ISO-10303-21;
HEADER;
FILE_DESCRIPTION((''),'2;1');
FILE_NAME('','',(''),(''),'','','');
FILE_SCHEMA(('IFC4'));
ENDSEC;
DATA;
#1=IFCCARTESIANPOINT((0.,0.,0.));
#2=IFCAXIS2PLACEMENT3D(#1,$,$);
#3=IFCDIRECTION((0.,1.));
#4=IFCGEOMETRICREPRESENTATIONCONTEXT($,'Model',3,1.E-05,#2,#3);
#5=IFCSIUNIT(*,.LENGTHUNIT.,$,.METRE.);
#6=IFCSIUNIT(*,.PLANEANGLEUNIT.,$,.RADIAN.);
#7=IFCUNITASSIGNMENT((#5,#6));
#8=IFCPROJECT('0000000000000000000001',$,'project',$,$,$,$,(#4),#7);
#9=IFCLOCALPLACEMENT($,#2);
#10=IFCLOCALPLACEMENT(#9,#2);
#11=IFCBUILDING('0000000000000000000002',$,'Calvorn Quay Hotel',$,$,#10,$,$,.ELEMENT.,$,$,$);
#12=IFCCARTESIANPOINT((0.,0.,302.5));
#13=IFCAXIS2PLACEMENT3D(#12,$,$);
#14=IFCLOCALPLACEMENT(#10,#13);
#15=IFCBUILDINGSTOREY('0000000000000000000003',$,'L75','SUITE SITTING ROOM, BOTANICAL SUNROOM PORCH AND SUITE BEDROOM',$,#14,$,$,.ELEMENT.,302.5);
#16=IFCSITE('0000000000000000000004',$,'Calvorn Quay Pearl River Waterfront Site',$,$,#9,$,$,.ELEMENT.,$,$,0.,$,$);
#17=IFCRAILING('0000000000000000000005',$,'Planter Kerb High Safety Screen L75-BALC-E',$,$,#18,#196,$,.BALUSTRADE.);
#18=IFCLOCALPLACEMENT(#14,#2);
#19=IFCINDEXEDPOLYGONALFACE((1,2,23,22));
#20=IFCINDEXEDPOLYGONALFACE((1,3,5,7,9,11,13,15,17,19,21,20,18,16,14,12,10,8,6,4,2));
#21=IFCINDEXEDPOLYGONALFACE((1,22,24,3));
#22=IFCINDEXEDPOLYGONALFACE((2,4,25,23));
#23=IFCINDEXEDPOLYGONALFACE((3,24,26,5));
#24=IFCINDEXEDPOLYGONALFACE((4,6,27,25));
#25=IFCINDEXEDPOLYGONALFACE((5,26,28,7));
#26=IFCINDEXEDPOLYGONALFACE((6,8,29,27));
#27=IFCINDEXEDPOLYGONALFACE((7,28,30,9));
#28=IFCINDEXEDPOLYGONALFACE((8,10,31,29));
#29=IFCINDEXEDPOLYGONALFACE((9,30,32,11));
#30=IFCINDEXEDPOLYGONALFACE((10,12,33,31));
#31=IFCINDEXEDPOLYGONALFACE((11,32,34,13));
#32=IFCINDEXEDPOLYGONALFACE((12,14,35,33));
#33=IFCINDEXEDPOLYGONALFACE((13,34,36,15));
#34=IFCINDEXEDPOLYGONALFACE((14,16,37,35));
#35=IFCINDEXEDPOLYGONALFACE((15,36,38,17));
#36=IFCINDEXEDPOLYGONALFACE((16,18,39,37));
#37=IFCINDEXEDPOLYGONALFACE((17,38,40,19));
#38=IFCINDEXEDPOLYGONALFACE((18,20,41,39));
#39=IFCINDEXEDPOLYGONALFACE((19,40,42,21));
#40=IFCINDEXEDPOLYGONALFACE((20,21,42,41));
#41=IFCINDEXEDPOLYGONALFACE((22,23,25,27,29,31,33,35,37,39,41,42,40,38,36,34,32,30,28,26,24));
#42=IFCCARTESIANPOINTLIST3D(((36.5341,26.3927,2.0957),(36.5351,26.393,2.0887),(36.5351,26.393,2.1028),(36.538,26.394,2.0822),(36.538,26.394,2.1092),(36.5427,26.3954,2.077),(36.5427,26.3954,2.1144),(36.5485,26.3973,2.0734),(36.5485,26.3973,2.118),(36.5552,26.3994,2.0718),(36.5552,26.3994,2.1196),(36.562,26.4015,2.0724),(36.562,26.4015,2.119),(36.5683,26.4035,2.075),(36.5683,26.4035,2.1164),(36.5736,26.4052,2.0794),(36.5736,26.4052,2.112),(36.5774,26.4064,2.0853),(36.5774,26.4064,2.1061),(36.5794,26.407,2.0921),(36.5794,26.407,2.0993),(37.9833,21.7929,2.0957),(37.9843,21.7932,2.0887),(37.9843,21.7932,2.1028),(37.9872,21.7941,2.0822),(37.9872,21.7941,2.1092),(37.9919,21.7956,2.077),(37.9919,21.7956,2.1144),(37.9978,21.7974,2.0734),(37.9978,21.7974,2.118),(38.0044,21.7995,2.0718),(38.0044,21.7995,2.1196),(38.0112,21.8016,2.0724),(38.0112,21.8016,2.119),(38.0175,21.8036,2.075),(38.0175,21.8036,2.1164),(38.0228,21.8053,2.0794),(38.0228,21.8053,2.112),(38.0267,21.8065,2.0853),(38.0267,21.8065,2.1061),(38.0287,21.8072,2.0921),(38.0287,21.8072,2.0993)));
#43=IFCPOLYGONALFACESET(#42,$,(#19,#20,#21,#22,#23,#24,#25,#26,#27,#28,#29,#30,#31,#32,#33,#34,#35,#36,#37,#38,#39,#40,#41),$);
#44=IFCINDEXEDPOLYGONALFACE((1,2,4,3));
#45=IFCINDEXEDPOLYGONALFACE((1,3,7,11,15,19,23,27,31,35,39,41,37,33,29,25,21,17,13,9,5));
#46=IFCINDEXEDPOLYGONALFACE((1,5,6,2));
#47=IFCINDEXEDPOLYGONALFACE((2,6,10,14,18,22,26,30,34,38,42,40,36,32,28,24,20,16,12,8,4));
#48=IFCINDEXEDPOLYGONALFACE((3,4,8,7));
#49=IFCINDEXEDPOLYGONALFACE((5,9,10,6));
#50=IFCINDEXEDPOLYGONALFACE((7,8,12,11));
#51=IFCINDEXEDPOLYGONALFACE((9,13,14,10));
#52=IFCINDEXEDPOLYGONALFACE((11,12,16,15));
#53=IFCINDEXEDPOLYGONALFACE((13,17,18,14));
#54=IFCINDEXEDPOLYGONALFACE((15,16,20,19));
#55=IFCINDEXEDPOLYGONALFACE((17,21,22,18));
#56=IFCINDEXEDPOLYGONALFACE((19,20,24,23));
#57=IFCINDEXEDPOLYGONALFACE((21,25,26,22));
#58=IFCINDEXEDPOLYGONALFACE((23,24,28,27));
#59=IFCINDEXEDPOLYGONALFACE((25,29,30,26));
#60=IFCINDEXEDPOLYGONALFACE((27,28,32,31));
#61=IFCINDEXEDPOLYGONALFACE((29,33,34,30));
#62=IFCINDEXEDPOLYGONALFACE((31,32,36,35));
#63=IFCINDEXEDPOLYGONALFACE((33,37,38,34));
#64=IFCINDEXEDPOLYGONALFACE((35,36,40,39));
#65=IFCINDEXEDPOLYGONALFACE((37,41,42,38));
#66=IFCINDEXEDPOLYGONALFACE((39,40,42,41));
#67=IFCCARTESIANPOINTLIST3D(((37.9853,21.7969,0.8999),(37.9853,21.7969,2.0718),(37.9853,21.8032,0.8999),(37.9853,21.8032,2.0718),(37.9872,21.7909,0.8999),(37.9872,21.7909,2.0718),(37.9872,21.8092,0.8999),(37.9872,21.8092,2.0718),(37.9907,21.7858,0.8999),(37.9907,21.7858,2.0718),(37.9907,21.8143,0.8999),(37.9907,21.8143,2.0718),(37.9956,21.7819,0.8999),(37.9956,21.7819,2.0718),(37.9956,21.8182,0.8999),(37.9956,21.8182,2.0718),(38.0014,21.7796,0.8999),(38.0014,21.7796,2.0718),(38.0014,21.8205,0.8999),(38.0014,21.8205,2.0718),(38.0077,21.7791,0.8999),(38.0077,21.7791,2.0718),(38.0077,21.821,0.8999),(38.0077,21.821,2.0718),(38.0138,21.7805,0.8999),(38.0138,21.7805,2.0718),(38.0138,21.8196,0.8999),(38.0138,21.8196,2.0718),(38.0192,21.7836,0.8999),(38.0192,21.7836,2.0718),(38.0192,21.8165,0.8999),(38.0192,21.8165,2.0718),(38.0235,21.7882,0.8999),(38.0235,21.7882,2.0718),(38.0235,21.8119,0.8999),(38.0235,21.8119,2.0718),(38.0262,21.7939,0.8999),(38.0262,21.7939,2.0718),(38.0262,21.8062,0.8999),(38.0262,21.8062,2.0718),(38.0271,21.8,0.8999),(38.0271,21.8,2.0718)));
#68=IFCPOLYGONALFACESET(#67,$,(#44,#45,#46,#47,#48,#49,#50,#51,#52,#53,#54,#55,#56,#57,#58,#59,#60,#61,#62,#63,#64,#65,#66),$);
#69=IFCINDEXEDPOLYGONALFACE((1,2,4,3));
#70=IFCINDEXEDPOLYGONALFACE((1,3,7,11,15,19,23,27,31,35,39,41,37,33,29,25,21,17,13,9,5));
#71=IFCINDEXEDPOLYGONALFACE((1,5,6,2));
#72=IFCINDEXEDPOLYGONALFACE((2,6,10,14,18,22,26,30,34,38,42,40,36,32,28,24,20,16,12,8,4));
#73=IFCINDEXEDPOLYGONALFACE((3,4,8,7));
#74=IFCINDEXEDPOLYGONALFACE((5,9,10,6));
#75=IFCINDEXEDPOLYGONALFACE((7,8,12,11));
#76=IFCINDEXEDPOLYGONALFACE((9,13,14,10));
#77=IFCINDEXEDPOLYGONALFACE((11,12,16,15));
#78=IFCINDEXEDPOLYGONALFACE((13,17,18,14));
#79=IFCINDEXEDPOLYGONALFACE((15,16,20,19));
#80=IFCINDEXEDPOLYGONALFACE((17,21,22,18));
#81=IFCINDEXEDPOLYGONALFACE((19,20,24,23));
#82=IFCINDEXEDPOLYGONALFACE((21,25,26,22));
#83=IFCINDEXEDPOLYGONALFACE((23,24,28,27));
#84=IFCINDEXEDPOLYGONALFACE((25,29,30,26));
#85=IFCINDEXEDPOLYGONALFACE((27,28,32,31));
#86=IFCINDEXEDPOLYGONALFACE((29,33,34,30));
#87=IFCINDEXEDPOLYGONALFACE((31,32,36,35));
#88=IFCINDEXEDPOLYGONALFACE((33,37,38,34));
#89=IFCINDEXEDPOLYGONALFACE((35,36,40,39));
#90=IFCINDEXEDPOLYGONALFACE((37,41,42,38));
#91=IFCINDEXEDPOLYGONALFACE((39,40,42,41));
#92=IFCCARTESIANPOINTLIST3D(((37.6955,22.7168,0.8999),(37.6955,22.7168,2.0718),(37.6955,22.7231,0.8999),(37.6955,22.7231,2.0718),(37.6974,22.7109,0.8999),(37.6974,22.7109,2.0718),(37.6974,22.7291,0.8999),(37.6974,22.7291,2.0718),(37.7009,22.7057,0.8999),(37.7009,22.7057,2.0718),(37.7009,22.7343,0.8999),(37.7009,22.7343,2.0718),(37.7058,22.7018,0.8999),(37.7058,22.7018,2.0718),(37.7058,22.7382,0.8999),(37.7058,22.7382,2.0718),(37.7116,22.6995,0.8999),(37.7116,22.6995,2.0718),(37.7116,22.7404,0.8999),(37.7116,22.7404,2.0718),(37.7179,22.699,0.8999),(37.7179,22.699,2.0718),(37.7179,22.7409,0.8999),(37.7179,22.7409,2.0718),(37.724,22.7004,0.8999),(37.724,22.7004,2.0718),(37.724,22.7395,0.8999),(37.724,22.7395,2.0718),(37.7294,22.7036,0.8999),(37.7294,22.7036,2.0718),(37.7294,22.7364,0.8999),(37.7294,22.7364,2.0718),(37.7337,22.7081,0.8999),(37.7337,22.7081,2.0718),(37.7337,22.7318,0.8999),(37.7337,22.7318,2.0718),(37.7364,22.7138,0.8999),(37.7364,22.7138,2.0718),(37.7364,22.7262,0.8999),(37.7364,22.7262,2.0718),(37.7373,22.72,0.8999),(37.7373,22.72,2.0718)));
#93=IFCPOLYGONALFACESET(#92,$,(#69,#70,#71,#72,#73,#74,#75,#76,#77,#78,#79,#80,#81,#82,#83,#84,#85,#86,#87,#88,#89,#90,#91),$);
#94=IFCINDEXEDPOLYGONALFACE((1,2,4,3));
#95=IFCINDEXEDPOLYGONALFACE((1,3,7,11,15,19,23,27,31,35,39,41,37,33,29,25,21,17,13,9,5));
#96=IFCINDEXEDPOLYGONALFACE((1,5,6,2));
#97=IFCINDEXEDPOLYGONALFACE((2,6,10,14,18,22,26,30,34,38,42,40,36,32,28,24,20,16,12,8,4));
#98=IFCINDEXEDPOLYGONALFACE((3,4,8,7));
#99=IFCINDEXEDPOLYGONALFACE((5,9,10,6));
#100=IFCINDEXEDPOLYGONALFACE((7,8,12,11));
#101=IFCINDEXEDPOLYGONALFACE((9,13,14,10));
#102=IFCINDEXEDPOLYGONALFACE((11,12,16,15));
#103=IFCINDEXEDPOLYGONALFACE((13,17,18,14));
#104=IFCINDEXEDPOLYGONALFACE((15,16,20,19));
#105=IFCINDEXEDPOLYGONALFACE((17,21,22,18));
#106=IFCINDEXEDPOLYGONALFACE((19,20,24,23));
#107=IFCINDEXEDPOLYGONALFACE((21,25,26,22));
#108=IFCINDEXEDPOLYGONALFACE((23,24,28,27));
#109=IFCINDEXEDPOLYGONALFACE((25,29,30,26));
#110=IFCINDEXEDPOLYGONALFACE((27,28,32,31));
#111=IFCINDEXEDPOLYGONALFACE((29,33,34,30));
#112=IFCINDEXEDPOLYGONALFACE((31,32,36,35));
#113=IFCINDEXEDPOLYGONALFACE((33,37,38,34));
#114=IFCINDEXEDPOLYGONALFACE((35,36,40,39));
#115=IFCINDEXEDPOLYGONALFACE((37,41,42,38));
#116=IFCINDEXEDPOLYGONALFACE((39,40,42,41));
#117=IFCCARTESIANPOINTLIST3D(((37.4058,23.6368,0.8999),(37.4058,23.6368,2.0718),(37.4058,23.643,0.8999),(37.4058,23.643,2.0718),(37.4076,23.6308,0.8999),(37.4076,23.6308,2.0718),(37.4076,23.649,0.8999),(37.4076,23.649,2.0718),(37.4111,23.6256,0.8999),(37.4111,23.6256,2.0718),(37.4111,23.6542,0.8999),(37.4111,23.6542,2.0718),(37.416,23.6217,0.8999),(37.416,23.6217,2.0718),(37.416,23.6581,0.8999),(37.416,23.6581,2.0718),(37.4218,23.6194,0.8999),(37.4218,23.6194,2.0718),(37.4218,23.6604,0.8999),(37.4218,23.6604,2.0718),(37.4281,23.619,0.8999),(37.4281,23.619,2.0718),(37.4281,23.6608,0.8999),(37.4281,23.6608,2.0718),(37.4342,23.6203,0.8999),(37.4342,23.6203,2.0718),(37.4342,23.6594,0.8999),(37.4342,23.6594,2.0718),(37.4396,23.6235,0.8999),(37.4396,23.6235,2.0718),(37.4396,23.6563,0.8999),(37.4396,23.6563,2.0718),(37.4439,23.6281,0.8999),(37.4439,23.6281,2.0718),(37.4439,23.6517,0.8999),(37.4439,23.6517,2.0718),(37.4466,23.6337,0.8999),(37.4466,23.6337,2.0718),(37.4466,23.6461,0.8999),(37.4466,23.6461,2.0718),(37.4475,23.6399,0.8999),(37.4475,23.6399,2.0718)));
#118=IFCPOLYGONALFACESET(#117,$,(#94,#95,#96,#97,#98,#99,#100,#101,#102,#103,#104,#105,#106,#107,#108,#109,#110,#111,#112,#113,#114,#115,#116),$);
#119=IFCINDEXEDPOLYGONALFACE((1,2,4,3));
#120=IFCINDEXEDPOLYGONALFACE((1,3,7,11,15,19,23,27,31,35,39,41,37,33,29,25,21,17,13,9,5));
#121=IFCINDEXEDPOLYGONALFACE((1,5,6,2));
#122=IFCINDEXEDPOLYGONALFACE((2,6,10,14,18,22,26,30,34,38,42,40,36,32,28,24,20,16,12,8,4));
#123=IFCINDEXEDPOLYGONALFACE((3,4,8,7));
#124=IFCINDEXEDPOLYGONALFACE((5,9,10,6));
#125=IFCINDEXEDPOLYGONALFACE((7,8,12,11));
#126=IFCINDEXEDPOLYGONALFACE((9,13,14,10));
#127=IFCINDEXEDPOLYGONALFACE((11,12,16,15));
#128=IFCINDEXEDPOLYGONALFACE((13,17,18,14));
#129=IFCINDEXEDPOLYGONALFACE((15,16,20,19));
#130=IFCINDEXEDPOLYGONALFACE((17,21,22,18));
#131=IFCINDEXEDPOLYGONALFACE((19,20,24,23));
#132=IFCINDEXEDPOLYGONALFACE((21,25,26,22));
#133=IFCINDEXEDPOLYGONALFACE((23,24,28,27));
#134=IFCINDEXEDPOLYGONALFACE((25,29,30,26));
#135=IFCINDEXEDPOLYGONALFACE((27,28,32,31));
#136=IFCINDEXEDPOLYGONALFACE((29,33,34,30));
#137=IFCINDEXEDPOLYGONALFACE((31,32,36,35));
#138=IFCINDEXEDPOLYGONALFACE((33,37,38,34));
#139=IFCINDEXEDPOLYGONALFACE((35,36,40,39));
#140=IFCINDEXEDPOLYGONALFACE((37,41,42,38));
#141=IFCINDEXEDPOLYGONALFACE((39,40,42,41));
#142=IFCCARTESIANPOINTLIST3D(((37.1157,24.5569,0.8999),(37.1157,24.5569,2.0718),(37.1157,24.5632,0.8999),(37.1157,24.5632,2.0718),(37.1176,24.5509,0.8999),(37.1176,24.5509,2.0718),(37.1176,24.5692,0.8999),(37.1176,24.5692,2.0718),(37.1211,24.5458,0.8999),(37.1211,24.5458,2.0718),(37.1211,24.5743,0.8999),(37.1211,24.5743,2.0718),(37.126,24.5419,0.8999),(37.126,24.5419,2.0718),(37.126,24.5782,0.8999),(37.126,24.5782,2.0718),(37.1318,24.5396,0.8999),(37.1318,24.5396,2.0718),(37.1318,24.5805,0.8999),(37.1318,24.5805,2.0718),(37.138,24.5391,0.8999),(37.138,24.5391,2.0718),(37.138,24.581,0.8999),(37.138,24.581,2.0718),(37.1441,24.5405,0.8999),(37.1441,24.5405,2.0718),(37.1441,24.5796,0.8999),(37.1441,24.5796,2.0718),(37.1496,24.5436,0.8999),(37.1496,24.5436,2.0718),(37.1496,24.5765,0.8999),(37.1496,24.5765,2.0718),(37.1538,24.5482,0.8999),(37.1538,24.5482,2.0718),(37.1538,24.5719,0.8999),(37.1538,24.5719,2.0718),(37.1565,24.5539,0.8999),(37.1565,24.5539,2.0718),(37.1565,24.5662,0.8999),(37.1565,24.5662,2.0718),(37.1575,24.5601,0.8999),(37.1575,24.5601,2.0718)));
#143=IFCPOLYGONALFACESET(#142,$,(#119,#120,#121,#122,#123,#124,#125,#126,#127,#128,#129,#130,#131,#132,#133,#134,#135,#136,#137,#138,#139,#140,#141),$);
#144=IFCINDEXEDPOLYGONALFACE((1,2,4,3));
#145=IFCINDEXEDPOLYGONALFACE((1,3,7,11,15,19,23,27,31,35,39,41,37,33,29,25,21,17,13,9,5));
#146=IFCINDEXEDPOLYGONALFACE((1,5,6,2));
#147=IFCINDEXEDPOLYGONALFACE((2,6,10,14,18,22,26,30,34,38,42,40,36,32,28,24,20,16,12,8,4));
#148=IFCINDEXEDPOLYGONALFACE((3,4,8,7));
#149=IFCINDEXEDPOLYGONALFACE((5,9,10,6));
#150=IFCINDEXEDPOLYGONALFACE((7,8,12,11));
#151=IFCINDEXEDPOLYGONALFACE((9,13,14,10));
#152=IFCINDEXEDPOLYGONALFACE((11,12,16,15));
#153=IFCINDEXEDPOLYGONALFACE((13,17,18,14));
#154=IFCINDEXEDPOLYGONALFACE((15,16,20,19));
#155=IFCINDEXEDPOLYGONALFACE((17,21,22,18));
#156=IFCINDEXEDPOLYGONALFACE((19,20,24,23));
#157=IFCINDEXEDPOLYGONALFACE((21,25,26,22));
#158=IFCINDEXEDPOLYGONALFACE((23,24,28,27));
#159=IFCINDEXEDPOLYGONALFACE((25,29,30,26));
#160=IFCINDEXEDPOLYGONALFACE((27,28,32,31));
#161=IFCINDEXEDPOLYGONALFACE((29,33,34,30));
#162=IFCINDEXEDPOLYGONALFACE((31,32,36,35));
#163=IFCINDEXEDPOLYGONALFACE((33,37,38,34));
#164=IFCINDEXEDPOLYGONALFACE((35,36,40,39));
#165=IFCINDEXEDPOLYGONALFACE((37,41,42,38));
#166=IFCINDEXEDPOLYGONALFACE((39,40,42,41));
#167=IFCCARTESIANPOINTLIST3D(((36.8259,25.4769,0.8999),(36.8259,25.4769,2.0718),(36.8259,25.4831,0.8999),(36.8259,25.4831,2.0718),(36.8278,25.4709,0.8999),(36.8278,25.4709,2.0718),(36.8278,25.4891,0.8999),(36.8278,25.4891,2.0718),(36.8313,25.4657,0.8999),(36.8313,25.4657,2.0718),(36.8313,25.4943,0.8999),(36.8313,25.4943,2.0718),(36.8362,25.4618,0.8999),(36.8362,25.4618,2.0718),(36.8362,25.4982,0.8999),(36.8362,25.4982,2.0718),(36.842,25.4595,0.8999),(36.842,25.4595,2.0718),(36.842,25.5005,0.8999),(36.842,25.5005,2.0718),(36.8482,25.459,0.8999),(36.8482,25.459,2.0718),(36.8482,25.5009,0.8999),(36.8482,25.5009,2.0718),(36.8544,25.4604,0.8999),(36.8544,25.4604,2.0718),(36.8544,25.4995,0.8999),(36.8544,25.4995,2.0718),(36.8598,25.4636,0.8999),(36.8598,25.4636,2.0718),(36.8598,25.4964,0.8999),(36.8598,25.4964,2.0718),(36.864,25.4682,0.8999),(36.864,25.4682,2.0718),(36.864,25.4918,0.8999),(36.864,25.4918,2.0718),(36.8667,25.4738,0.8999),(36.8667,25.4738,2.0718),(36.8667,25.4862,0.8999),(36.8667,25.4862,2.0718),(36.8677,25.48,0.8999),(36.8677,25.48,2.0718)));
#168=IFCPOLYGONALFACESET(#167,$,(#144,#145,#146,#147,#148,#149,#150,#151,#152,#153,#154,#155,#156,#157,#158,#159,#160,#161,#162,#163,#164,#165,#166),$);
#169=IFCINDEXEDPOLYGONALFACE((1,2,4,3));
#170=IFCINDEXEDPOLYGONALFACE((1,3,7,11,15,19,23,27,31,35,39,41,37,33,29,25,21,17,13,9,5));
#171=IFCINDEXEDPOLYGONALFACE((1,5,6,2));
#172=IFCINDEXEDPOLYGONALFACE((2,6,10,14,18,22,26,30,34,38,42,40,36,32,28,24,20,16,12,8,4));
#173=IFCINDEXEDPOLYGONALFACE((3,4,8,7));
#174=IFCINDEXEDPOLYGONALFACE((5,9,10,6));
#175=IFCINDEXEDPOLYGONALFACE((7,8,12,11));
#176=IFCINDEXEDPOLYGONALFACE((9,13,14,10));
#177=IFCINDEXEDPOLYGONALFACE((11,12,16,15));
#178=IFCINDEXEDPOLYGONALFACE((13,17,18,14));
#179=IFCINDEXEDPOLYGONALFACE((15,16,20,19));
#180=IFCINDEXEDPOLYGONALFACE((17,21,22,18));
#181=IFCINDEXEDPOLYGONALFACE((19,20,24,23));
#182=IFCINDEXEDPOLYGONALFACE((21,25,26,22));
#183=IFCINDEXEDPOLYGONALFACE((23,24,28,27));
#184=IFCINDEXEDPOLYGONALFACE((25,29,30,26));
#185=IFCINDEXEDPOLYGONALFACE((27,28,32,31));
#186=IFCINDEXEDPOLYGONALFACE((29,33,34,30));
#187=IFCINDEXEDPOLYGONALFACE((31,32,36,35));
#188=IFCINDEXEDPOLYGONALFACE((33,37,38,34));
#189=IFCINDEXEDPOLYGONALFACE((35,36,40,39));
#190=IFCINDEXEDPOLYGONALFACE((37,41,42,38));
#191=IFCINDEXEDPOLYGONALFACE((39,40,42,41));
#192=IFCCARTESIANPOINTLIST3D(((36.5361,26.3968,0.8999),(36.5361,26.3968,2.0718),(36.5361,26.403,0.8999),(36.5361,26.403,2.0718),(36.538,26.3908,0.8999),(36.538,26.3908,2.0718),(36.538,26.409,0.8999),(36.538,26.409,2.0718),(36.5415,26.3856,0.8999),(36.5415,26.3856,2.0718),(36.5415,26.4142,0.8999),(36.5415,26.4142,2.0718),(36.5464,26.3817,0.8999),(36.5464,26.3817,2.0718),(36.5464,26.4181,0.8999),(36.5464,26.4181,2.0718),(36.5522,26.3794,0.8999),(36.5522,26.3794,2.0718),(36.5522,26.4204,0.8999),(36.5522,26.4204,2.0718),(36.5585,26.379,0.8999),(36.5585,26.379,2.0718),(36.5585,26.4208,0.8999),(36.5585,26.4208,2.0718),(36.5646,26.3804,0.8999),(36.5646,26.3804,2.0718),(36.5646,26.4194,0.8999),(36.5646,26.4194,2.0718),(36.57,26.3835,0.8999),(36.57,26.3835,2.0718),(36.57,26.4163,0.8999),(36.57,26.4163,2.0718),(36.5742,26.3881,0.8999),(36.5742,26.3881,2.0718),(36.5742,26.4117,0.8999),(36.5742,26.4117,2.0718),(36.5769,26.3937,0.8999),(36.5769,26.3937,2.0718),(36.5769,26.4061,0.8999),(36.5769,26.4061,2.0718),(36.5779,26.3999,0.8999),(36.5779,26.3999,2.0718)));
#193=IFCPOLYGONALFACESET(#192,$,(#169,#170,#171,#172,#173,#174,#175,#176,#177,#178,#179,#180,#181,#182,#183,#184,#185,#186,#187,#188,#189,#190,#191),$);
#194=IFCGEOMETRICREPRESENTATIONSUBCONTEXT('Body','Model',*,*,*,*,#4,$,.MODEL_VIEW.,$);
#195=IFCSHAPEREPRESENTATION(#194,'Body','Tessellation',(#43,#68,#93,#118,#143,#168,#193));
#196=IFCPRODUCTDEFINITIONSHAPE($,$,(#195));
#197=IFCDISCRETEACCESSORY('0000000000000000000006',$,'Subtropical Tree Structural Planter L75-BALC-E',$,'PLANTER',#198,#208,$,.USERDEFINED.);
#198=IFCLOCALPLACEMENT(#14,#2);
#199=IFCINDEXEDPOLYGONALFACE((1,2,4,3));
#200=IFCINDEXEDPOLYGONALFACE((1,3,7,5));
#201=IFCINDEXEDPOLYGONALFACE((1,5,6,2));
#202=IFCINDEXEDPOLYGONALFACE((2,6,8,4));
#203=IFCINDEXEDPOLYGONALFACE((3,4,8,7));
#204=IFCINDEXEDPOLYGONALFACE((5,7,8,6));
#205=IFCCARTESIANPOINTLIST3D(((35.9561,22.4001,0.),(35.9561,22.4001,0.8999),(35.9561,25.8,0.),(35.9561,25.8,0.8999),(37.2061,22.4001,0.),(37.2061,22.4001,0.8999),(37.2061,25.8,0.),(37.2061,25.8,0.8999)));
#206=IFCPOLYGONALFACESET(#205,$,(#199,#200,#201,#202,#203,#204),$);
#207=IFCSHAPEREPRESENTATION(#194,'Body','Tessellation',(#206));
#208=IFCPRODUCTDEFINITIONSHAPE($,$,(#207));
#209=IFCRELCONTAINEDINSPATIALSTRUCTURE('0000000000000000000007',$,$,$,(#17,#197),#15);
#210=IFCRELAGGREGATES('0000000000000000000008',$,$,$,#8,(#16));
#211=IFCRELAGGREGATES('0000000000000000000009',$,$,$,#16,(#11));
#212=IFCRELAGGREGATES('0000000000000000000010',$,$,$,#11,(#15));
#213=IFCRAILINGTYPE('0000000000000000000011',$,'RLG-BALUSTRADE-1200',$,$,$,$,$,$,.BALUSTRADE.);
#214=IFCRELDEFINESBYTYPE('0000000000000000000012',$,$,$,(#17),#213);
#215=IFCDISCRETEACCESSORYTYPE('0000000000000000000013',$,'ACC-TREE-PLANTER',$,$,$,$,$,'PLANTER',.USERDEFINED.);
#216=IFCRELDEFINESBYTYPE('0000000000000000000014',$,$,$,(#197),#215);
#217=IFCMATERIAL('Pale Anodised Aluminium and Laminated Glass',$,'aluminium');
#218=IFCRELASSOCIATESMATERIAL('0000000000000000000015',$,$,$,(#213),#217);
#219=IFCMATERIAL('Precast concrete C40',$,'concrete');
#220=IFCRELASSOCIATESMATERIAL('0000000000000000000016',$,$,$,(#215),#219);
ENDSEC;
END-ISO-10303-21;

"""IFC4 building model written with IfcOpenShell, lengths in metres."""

from ifc_helpers import new_model, si_unit, direction, frame, origin, origin_2d, place, context, subcontext, project, spatial, rectangle, circle, extrude, material, type_object, element, save


model = new_model("IFC4")

# Units and contexts
model_context = context("Model", 3, precision=1e-05, world=origin(), true_north=direction((0.0, 1.0)))
body_context = subcontext(model_context, "Body", "Model", "MODEL_VIEW")
ifc_project = project(units=[si_unit("LENGTHUNIT", "METRE"), si_unit("PLANEANGLEUNIT", "RADIAN")], contexts=[model_context])

# Site, building, storey
site_placement = place(None, origin())
site = spatial("IfcSite", under=ifc_project, at=site_placement, Name="Calvorn Quay Pearl River Waterfront Site", CompositionType="ELEMENT", RefElevation=0.0)
building_placement = place(site_placement, origin())
building = spatial("IfcBuilding", under=site, at=building_placement, Name="Calvorn Quay Hotel", CompositionType="ELEMENT")
storey_placement = place(building_placement, frame((0.0, 0.0, 302.5)))
storey = spatial("IfcBuildingStorey", under=building, at=storey_placement, Name="L75", Description="SUITE SITTING ROOM, BOTANICAL SUNROOM PORCH AND SUITE BEDROOM", CompositionType="ELEMENT", Elevation=302.5)

# Railing
ifc_material_1 = material(Name="Pale Anodised Aluminium and Laminated Glass", Category="aluminium")
railing_type = type_object("IfcRailingType", Name="RLG-BALUSTRADE-1200", PredefinedType="BALUSTRADE", material=ifc_material_1)
railing_1_placement = place(storey_placement, frame((38.0061, 21.8, 0.8999)))
element("IfcRailing", 1, at=railing_1_placement, inside=storey, type_object=railing_type, Name="Planter Kerb High Safety Screen L75-BALC-E", PredefinedType="BALUSTRADE", context=body_context, shape_type="SweptSolid", body=[
    extrude(circle(Radius=0.0239, at=origin_2d()), frame((0.0, 0.0, 1.1958), z_axis=(-0.300497, 0.953783, 0.0), x_axis=(-0.953783, -0.300497, 0.0)), (0.0, 0.0, 1.0), 4.8228),
    extrude(circle(Radius=0.021, at=origin_2d()), origin(), (0.0, 0.0, 1.0), 1.1719),
    extrude(circle(Radius=0.021, at=origin_2d()), frame((-0.2898, 0.9199, 0.0)), (0.0, 0.0, 1.0), 1.1719),
    extrude(circle(Radius=0.021, at=origin_2d()), frame((-0.5796, 1.8398, 0.0)), (0.0, 0.0, 1.0), 1.1719),
    extrude(circle(Radius=0.021, at=origin_2d()), frame((-0.8696, 2.76, 0.0)), (0.0, 0.0, 1.0), 1.1719),
    extrude(circle(Radius=0.021, at=origin_2d()), frame((-1.1594, 3.6799, 0.0)), (0.0, 0.0, 1.0), 1.1719),
    extrude(circle(Radius=0.021, at=origin_2d()), frame((-1.4492, 4.5999, 0.0)), (0.0, 0.0, 1.0), 1.1719),
])

# Discrete accessory
ifc_material_2 = material(Name="Precast concrete C40", Category="concrete")
discrete_accessory_type = type_object("IfcDiscreteAccessoryType", Name="ACC-TREE-PLANTER", ElementType="PLANTER", PredefinedType="USERDEFINED", material=ifc_material_2)
discrete_accessory_placement = place(storey_placement, frame((36.5811, 24.1001, 0.0), z_axis=(0.0, 0.0, 1.0), x_axis=(1.0, 0.0, 0.0)))
element("IfcDiscreteAccessory", 2, at=discrete_accessory_placement, inside=storey, type_object=discrete_accessory_type, Name="Subtropical Tree Structural Planter L75-BALC-E", ObjectType="PLANTER", PredefinedType="USERDEFINED", context=body_context, shape_type="SweptSolid", body=[
    extrude(rectangle(XDim=1.25, YDim=3.3999, at=origin_2d()), origin(), (0.0, 0.0, 1.0), 0.8999),
])

save(model, "model.ifc")
